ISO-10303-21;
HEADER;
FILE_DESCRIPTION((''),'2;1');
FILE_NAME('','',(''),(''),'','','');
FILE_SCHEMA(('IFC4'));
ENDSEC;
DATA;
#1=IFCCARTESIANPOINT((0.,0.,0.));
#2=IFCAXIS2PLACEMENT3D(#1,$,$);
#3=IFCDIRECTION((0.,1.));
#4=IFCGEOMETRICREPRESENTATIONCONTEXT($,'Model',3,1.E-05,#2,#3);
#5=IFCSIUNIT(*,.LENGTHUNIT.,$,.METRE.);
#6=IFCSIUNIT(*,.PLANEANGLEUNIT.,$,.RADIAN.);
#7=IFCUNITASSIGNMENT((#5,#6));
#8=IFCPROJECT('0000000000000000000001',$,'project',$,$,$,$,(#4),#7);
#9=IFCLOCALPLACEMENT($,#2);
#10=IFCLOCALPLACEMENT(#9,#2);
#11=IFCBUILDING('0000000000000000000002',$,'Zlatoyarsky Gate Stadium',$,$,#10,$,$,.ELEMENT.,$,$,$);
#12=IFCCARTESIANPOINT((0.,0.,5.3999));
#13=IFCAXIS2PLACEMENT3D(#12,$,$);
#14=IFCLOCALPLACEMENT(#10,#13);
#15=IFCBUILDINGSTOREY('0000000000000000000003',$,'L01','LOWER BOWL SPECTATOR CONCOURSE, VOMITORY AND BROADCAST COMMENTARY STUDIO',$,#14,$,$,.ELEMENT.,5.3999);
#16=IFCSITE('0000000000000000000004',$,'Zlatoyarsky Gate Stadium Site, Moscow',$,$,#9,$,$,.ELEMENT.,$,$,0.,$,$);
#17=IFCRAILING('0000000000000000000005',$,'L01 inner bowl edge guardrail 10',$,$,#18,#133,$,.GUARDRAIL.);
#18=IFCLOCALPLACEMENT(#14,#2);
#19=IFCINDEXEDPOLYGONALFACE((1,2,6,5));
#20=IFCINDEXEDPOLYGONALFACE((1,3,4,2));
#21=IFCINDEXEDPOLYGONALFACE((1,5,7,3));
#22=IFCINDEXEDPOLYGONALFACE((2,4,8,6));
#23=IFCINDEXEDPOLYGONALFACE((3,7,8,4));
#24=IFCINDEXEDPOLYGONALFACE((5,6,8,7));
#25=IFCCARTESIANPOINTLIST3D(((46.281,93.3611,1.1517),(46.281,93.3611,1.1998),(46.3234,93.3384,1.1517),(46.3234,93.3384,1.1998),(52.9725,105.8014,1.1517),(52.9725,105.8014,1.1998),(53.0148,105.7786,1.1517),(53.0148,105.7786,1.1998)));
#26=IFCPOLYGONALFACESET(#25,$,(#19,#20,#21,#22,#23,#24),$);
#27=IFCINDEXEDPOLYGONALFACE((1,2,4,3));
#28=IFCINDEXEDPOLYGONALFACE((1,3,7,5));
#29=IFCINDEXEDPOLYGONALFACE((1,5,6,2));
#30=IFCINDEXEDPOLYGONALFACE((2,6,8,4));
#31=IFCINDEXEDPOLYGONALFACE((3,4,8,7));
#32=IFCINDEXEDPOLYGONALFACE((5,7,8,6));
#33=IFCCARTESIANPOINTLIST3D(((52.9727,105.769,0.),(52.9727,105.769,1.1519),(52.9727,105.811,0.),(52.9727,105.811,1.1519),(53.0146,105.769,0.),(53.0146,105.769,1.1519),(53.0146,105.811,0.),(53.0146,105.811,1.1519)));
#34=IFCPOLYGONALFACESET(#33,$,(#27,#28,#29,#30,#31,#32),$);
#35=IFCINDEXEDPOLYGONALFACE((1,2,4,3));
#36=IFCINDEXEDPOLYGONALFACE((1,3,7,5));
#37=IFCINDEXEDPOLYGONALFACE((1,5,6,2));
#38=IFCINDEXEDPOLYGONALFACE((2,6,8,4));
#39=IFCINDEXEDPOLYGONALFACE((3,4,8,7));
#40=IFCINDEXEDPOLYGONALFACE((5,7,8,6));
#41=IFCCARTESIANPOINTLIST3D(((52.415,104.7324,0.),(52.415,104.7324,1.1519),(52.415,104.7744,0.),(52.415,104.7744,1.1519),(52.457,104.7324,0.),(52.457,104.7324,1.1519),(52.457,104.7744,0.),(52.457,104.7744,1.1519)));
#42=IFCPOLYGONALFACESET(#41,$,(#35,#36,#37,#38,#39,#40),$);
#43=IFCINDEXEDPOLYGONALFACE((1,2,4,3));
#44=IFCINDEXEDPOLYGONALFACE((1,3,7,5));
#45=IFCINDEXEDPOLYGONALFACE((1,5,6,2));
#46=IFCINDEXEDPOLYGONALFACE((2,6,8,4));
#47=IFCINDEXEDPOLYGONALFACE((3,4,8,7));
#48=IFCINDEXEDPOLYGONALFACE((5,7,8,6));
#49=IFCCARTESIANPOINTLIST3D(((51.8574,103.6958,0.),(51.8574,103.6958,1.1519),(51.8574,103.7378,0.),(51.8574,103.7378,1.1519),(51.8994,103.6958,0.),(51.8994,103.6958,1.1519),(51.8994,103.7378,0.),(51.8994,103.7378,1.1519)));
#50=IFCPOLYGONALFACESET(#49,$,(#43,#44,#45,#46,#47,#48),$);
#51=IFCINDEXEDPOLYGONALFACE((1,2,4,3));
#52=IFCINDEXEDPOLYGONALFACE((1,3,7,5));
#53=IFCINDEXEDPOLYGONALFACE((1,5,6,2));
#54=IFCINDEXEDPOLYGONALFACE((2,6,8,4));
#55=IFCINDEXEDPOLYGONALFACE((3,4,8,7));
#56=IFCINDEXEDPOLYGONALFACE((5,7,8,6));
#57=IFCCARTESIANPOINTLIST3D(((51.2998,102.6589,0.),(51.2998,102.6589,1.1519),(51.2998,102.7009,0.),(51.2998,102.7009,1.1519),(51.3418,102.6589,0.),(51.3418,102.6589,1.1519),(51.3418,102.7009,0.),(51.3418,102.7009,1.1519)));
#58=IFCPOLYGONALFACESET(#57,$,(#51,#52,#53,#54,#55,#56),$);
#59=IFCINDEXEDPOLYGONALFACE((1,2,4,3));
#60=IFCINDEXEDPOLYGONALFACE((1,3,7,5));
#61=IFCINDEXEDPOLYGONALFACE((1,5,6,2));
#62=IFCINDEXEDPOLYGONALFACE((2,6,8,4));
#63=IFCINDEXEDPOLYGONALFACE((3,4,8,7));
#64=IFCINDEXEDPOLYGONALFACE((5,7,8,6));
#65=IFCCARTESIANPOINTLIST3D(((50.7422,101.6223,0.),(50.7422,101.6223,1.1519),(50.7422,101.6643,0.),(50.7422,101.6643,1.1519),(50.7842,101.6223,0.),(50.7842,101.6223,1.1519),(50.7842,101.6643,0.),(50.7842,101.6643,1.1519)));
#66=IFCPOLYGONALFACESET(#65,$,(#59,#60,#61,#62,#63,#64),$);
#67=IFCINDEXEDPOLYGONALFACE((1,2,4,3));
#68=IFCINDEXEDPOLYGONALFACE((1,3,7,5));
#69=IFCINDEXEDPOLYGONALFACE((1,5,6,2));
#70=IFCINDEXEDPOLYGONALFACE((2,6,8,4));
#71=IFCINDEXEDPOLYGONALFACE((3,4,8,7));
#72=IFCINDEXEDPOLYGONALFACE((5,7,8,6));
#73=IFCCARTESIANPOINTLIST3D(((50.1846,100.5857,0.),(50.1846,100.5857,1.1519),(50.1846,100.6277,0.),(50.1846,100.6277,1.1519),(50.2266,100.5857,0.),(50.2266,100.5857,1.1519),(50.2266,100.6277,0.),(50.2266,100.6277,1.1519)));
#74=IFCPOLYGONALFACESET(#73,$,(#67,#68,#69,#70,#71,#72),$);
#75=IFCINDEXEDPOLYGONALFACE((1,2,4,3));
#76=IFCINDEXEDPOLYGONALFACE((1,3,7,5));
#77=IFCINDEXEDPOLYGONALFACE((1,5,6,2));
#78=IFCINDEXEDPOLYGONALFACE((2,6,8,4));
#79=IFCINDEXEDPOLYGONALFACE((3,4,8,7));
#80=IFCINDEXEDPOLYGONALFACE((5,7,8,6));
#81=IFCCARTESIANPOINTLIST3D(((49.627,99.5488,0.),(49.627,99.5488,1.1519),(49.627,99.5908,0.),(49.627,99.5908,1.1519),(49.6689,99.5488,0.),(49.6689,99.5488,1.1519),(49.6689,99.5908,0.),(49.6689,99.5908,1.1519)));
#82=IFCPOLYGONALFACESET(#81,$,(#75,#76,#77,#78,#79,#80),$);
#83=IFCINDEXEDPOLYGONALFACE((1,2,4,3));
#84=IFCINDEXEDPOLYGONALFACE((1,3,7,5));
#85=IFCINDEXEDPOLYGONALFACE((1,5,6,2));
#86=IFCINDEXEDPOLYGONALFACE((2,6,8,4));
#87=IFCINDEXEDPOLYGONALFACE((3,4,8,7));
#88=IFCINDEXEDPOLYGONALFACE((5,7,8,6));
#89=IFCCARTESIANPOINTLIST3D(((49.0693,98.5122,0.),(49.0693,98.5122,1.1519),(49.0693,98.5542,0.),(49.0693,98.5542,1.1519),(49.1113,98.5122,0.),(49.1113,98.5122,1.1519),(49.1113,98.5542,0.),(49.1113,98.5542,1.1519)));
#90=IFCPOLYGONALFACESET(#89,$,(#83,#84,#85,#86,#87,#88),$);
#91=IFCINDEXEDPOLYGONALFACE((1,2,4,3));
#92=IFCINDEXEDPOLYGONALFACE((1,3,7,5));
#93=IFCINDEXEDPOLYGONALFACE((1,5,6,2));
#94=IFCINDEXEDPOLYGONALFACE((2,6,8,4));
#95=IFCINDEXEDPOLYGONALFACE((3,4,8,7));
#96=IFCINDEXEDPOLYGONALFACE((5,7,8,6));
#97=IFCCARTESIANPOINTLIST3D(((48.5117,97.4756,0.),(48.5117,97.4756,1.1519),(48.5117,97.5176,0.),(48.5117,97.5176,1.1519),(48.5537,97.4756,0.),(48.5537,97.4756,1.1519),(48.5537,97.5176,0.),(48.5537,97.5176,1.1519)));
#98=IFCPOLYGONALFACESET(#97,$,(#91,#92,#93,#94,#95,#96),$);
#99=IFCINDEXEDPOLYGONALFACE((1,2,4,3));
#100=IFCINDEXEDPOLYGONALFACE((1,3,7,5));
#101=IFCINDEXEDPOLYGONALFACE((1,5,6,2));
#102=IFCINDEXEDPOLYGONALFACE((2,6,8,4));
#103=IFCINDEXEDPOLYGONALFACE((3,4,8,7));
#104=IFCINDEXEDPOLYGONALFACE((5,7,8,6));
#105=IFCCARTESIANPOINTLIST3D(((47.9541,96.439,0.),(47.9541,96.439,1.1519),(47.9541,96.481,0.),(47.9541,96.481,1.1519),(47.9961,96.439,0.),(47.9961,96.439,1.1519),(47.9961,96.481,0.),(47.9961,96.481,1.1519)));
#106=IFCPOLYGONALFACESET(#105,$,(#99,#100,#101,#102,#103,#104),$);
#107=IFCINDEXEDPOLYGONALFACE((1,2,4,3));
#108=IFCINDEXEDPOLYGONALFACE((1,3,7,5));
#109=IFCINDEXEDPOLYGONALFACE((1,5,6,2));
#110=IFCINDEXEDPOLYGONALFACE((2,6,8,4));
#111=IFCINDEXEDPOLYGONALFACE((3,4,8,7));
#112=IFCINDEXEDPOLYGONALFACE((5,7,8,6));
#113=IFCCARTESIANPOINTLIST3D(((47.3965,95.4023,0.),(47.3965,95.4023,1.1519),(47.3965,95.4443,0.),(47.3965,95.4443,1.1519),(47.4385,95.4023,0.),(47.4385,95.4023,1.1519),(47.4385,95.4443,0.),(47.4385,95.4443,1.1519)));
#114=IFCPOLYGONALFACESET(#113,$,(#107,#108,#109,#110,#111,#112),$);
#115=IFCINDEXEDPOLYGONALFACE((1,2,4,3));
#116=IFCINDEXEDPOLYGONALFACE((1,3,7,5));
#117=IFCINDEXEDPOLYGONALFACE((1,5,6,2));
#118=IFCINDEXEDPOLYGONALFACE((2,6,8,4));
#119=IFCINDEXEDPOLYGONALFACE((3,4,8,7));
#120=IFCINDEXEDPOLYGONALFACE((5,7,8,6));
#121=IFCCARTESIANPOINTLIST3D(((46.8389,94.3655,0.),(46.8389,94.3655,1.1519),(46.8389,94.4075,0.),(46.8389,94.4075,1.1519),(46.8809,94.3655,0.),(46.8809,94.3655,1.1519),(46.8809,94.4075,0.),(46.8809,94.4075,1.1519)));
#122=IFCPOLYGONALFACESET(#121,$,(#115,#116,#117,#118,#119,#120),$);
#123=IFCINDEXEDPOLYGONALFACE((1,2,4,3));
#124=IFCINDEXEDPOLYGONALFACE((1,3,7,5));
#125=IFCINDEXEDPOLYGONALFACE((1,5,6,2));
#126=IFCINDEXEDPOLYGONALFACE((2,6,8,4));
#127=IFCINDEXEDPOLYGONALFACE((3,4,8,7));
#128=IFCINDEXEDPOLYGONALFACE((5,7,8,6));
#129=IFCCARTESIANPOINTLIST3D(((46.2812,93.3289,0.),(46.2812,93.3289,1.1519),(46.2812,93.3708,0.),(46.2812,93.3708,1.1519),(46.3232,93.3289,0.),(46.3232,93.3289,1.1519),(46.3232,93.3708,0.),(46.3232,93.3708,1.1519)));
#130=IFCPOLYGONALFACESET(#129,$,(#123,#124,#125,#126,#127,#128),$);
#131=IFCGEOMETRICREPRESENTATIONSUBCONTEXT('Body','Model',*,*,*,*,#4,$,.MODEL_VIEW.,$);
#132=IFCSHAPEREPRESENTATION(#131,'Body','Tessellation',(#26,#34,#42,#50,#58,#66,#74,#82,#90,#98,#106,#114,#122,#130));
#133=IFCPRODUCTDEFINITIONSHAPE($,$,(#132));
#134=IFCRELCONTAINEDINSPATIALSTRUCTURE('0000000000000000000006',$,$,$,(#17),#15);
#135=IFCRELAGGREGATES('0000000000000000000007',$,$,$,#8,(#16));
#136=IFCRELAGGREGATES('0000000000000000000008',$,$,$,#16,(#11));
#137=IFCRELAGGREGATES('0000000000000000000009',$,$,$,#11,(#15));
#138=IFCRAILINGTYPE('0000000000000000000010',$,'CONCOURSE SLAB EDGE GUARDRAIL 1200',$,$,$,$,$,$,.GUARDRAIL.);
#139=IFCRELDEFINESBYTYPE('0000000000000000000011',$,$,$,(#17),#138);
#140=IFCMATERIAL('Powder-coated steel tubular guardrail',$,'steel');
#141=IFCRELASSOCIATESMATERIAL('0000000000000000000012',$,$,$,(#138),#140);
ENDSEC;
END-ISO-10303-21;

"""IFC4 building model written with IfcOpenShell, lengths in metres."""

from ifc_helpers import new_model, si_unit, direction, frame, origin, origin_2d, place, context, subcontext, project, spatial, rectangle, extrude, material, type_object, element, save


model = new_model("IFC4")

# Units and contexts
model_context = context("Model", 3, precision=1e-05, world=origin(), true_north=direction((0.0, 1.0)))
body_context = subcontext(model_context, "Body", "Model", "MODEL_VIEW")
ifc_project = project(units=[si_unit("LENGTHUNIT", "METRE"), si_unit("PLANEANGLEUNIT", "RADIAN")], contexts=[model_context])

# Site, building, storey
site_placement = place(None, origin())
site = spatial("IfcSite", under=ifc_project, at=site_placement, Name="Zlatoyarsky Gate Stadium Site, Moscow", CompositionType="ELEMENT", RefElevation=0.0)
building_placement = place(site_placement, origin())
building = spatial("IfcBuilding", under=site, at=building_placement, Name="Zlatoyarsky Gate Stadium", CompositionType="ELEMENT")
storey_placement = place(building_placement, frame((0.0, 0.0, 5.3999)))
storey = spatial("IfcBuildingStorey", under=building, at=storey_placement, Name="L01", Description="LOWER BOWL SPECTATOR CONCOURSE, VOMITORY AND BROADCAST COMMENTARY STUDIO", CompositionType="ELEMENT", Elevation=5.3999)

# Railing
ifc_material_1 = material(Name="Powder-coated steel tubular guardrail", Category="steel")
railing_type_1 = type_object("IfcRailingType", Name="CONCOURSE SLAB EDGE GUARDRAIL 1200", PredefinedType="GUARDRAIL", material=ifc_material_1)
railing_1_placement = place(storey_placement, frame((52.9937, 105.79, 0.0)))
element("IfcRailing", 1, at=railing_1_placement, inside=storey, type_object=railing_type_1, Name="L01 inner bowl edge guardrail 10", PredefinedType="GUARDRAIL", context=body_context, shape_type="SweptSolid", body=[
    extrude(rectangle(XDim=0.0481, YDim=0.0481, at=origin_2d()), frame((0.0, 0.0, 1.1758), z_axis=(-0.473707, -0.880682, 0.0), x_axis=(0.880682, -0.473707, 0.0)), (0.0, 0.0, 1.0), 14.1257),
    extrude(rectangle(XDim=0.042, YDim=0.042, at=origin_2d()), origin(), (0.0, 0.0, 1.0), 1.1519),
    extrude(rectangle(XDim=0.042, YDim=0.042, at=origin_2d()), frame((-0.5576, -1.0366, 0.0)), (0.0, 0.0, 1.0), 1.1519),
    extrude(rectangle(XDim=0.042, YDim=0.042, at=origin_2d()), frame((-1.1152, -2.0732, 0.0)), (0.0, 0.0, 1.0), 1.1519),
    extrude(rectangle(XDim=0.042, YDim=0.042, at=origin_2d()), frame((-1.6729, -3.1101, 0.0)), (0.0, 0.0, 1.0), 1.1519),
    extrude(rectangle(XDim=0.042, YDim=0.042, at=origin_2d()), frame((-2.2305, -4.1467, 0.0)), (0.0, 0.0, 1.0), 1.1519),
    extrude(rectangle(XDim=0.042, YDim=0.042, at=origin_2d()), frame((-2.7881, -5.1833, 0.0)), (0.0, 0.0, 1.0), 1.1519),
    extrude(rectangle(XDim=0.042, YDim=0.042, at=origin_2d()), frame((-3.3457, -6.2202, 0.0)), (0.0, 0.0, 1.0), 1.1519),
    extrude(rectangle(XDim=0.042, YDim=0.042, at=origin_2d()), frame((-3.9033, -7.2568, 0.0)), (0.0, 0.0, 1.0), 1.1519),
    extrude(rectangle(XDim=0.042, YDim=0.042, at=origin_2d()), frame((-4.4609, -8.2935, 0.0)), (0.0, 0.0, 1.0), 1.1519),
    extrude(rectangle(XDim=0.042, YDim=0.042, at=origin_2d()), frame((-5.0186, -9.3301, 0.0)), (0.0, 0.0, 1.0), 1.1519),
    extrude(rectangle(XDim=0.042, YDim=0.042, at=origin_2d()), frame((-5.5762, -10.3667, 0.0)), (0.0, 0.0, 1.0), 1.1519),
    extrude(rectangle(XDim=0.042, YDim=0.042, at=origin_2d()), frame((-6.1338, -11.4036, 0.0)), (0.0, 0.0, 1.0), 1.1519),
    extrude(rectangle(XDim=0.042, YDim=0.042, at=origin_2d()), frame((-6.6914, -12.4402, 0.0)), (0.0, 0.0, 1.0), 1.1519),
])

save(model, "model.ifc")
